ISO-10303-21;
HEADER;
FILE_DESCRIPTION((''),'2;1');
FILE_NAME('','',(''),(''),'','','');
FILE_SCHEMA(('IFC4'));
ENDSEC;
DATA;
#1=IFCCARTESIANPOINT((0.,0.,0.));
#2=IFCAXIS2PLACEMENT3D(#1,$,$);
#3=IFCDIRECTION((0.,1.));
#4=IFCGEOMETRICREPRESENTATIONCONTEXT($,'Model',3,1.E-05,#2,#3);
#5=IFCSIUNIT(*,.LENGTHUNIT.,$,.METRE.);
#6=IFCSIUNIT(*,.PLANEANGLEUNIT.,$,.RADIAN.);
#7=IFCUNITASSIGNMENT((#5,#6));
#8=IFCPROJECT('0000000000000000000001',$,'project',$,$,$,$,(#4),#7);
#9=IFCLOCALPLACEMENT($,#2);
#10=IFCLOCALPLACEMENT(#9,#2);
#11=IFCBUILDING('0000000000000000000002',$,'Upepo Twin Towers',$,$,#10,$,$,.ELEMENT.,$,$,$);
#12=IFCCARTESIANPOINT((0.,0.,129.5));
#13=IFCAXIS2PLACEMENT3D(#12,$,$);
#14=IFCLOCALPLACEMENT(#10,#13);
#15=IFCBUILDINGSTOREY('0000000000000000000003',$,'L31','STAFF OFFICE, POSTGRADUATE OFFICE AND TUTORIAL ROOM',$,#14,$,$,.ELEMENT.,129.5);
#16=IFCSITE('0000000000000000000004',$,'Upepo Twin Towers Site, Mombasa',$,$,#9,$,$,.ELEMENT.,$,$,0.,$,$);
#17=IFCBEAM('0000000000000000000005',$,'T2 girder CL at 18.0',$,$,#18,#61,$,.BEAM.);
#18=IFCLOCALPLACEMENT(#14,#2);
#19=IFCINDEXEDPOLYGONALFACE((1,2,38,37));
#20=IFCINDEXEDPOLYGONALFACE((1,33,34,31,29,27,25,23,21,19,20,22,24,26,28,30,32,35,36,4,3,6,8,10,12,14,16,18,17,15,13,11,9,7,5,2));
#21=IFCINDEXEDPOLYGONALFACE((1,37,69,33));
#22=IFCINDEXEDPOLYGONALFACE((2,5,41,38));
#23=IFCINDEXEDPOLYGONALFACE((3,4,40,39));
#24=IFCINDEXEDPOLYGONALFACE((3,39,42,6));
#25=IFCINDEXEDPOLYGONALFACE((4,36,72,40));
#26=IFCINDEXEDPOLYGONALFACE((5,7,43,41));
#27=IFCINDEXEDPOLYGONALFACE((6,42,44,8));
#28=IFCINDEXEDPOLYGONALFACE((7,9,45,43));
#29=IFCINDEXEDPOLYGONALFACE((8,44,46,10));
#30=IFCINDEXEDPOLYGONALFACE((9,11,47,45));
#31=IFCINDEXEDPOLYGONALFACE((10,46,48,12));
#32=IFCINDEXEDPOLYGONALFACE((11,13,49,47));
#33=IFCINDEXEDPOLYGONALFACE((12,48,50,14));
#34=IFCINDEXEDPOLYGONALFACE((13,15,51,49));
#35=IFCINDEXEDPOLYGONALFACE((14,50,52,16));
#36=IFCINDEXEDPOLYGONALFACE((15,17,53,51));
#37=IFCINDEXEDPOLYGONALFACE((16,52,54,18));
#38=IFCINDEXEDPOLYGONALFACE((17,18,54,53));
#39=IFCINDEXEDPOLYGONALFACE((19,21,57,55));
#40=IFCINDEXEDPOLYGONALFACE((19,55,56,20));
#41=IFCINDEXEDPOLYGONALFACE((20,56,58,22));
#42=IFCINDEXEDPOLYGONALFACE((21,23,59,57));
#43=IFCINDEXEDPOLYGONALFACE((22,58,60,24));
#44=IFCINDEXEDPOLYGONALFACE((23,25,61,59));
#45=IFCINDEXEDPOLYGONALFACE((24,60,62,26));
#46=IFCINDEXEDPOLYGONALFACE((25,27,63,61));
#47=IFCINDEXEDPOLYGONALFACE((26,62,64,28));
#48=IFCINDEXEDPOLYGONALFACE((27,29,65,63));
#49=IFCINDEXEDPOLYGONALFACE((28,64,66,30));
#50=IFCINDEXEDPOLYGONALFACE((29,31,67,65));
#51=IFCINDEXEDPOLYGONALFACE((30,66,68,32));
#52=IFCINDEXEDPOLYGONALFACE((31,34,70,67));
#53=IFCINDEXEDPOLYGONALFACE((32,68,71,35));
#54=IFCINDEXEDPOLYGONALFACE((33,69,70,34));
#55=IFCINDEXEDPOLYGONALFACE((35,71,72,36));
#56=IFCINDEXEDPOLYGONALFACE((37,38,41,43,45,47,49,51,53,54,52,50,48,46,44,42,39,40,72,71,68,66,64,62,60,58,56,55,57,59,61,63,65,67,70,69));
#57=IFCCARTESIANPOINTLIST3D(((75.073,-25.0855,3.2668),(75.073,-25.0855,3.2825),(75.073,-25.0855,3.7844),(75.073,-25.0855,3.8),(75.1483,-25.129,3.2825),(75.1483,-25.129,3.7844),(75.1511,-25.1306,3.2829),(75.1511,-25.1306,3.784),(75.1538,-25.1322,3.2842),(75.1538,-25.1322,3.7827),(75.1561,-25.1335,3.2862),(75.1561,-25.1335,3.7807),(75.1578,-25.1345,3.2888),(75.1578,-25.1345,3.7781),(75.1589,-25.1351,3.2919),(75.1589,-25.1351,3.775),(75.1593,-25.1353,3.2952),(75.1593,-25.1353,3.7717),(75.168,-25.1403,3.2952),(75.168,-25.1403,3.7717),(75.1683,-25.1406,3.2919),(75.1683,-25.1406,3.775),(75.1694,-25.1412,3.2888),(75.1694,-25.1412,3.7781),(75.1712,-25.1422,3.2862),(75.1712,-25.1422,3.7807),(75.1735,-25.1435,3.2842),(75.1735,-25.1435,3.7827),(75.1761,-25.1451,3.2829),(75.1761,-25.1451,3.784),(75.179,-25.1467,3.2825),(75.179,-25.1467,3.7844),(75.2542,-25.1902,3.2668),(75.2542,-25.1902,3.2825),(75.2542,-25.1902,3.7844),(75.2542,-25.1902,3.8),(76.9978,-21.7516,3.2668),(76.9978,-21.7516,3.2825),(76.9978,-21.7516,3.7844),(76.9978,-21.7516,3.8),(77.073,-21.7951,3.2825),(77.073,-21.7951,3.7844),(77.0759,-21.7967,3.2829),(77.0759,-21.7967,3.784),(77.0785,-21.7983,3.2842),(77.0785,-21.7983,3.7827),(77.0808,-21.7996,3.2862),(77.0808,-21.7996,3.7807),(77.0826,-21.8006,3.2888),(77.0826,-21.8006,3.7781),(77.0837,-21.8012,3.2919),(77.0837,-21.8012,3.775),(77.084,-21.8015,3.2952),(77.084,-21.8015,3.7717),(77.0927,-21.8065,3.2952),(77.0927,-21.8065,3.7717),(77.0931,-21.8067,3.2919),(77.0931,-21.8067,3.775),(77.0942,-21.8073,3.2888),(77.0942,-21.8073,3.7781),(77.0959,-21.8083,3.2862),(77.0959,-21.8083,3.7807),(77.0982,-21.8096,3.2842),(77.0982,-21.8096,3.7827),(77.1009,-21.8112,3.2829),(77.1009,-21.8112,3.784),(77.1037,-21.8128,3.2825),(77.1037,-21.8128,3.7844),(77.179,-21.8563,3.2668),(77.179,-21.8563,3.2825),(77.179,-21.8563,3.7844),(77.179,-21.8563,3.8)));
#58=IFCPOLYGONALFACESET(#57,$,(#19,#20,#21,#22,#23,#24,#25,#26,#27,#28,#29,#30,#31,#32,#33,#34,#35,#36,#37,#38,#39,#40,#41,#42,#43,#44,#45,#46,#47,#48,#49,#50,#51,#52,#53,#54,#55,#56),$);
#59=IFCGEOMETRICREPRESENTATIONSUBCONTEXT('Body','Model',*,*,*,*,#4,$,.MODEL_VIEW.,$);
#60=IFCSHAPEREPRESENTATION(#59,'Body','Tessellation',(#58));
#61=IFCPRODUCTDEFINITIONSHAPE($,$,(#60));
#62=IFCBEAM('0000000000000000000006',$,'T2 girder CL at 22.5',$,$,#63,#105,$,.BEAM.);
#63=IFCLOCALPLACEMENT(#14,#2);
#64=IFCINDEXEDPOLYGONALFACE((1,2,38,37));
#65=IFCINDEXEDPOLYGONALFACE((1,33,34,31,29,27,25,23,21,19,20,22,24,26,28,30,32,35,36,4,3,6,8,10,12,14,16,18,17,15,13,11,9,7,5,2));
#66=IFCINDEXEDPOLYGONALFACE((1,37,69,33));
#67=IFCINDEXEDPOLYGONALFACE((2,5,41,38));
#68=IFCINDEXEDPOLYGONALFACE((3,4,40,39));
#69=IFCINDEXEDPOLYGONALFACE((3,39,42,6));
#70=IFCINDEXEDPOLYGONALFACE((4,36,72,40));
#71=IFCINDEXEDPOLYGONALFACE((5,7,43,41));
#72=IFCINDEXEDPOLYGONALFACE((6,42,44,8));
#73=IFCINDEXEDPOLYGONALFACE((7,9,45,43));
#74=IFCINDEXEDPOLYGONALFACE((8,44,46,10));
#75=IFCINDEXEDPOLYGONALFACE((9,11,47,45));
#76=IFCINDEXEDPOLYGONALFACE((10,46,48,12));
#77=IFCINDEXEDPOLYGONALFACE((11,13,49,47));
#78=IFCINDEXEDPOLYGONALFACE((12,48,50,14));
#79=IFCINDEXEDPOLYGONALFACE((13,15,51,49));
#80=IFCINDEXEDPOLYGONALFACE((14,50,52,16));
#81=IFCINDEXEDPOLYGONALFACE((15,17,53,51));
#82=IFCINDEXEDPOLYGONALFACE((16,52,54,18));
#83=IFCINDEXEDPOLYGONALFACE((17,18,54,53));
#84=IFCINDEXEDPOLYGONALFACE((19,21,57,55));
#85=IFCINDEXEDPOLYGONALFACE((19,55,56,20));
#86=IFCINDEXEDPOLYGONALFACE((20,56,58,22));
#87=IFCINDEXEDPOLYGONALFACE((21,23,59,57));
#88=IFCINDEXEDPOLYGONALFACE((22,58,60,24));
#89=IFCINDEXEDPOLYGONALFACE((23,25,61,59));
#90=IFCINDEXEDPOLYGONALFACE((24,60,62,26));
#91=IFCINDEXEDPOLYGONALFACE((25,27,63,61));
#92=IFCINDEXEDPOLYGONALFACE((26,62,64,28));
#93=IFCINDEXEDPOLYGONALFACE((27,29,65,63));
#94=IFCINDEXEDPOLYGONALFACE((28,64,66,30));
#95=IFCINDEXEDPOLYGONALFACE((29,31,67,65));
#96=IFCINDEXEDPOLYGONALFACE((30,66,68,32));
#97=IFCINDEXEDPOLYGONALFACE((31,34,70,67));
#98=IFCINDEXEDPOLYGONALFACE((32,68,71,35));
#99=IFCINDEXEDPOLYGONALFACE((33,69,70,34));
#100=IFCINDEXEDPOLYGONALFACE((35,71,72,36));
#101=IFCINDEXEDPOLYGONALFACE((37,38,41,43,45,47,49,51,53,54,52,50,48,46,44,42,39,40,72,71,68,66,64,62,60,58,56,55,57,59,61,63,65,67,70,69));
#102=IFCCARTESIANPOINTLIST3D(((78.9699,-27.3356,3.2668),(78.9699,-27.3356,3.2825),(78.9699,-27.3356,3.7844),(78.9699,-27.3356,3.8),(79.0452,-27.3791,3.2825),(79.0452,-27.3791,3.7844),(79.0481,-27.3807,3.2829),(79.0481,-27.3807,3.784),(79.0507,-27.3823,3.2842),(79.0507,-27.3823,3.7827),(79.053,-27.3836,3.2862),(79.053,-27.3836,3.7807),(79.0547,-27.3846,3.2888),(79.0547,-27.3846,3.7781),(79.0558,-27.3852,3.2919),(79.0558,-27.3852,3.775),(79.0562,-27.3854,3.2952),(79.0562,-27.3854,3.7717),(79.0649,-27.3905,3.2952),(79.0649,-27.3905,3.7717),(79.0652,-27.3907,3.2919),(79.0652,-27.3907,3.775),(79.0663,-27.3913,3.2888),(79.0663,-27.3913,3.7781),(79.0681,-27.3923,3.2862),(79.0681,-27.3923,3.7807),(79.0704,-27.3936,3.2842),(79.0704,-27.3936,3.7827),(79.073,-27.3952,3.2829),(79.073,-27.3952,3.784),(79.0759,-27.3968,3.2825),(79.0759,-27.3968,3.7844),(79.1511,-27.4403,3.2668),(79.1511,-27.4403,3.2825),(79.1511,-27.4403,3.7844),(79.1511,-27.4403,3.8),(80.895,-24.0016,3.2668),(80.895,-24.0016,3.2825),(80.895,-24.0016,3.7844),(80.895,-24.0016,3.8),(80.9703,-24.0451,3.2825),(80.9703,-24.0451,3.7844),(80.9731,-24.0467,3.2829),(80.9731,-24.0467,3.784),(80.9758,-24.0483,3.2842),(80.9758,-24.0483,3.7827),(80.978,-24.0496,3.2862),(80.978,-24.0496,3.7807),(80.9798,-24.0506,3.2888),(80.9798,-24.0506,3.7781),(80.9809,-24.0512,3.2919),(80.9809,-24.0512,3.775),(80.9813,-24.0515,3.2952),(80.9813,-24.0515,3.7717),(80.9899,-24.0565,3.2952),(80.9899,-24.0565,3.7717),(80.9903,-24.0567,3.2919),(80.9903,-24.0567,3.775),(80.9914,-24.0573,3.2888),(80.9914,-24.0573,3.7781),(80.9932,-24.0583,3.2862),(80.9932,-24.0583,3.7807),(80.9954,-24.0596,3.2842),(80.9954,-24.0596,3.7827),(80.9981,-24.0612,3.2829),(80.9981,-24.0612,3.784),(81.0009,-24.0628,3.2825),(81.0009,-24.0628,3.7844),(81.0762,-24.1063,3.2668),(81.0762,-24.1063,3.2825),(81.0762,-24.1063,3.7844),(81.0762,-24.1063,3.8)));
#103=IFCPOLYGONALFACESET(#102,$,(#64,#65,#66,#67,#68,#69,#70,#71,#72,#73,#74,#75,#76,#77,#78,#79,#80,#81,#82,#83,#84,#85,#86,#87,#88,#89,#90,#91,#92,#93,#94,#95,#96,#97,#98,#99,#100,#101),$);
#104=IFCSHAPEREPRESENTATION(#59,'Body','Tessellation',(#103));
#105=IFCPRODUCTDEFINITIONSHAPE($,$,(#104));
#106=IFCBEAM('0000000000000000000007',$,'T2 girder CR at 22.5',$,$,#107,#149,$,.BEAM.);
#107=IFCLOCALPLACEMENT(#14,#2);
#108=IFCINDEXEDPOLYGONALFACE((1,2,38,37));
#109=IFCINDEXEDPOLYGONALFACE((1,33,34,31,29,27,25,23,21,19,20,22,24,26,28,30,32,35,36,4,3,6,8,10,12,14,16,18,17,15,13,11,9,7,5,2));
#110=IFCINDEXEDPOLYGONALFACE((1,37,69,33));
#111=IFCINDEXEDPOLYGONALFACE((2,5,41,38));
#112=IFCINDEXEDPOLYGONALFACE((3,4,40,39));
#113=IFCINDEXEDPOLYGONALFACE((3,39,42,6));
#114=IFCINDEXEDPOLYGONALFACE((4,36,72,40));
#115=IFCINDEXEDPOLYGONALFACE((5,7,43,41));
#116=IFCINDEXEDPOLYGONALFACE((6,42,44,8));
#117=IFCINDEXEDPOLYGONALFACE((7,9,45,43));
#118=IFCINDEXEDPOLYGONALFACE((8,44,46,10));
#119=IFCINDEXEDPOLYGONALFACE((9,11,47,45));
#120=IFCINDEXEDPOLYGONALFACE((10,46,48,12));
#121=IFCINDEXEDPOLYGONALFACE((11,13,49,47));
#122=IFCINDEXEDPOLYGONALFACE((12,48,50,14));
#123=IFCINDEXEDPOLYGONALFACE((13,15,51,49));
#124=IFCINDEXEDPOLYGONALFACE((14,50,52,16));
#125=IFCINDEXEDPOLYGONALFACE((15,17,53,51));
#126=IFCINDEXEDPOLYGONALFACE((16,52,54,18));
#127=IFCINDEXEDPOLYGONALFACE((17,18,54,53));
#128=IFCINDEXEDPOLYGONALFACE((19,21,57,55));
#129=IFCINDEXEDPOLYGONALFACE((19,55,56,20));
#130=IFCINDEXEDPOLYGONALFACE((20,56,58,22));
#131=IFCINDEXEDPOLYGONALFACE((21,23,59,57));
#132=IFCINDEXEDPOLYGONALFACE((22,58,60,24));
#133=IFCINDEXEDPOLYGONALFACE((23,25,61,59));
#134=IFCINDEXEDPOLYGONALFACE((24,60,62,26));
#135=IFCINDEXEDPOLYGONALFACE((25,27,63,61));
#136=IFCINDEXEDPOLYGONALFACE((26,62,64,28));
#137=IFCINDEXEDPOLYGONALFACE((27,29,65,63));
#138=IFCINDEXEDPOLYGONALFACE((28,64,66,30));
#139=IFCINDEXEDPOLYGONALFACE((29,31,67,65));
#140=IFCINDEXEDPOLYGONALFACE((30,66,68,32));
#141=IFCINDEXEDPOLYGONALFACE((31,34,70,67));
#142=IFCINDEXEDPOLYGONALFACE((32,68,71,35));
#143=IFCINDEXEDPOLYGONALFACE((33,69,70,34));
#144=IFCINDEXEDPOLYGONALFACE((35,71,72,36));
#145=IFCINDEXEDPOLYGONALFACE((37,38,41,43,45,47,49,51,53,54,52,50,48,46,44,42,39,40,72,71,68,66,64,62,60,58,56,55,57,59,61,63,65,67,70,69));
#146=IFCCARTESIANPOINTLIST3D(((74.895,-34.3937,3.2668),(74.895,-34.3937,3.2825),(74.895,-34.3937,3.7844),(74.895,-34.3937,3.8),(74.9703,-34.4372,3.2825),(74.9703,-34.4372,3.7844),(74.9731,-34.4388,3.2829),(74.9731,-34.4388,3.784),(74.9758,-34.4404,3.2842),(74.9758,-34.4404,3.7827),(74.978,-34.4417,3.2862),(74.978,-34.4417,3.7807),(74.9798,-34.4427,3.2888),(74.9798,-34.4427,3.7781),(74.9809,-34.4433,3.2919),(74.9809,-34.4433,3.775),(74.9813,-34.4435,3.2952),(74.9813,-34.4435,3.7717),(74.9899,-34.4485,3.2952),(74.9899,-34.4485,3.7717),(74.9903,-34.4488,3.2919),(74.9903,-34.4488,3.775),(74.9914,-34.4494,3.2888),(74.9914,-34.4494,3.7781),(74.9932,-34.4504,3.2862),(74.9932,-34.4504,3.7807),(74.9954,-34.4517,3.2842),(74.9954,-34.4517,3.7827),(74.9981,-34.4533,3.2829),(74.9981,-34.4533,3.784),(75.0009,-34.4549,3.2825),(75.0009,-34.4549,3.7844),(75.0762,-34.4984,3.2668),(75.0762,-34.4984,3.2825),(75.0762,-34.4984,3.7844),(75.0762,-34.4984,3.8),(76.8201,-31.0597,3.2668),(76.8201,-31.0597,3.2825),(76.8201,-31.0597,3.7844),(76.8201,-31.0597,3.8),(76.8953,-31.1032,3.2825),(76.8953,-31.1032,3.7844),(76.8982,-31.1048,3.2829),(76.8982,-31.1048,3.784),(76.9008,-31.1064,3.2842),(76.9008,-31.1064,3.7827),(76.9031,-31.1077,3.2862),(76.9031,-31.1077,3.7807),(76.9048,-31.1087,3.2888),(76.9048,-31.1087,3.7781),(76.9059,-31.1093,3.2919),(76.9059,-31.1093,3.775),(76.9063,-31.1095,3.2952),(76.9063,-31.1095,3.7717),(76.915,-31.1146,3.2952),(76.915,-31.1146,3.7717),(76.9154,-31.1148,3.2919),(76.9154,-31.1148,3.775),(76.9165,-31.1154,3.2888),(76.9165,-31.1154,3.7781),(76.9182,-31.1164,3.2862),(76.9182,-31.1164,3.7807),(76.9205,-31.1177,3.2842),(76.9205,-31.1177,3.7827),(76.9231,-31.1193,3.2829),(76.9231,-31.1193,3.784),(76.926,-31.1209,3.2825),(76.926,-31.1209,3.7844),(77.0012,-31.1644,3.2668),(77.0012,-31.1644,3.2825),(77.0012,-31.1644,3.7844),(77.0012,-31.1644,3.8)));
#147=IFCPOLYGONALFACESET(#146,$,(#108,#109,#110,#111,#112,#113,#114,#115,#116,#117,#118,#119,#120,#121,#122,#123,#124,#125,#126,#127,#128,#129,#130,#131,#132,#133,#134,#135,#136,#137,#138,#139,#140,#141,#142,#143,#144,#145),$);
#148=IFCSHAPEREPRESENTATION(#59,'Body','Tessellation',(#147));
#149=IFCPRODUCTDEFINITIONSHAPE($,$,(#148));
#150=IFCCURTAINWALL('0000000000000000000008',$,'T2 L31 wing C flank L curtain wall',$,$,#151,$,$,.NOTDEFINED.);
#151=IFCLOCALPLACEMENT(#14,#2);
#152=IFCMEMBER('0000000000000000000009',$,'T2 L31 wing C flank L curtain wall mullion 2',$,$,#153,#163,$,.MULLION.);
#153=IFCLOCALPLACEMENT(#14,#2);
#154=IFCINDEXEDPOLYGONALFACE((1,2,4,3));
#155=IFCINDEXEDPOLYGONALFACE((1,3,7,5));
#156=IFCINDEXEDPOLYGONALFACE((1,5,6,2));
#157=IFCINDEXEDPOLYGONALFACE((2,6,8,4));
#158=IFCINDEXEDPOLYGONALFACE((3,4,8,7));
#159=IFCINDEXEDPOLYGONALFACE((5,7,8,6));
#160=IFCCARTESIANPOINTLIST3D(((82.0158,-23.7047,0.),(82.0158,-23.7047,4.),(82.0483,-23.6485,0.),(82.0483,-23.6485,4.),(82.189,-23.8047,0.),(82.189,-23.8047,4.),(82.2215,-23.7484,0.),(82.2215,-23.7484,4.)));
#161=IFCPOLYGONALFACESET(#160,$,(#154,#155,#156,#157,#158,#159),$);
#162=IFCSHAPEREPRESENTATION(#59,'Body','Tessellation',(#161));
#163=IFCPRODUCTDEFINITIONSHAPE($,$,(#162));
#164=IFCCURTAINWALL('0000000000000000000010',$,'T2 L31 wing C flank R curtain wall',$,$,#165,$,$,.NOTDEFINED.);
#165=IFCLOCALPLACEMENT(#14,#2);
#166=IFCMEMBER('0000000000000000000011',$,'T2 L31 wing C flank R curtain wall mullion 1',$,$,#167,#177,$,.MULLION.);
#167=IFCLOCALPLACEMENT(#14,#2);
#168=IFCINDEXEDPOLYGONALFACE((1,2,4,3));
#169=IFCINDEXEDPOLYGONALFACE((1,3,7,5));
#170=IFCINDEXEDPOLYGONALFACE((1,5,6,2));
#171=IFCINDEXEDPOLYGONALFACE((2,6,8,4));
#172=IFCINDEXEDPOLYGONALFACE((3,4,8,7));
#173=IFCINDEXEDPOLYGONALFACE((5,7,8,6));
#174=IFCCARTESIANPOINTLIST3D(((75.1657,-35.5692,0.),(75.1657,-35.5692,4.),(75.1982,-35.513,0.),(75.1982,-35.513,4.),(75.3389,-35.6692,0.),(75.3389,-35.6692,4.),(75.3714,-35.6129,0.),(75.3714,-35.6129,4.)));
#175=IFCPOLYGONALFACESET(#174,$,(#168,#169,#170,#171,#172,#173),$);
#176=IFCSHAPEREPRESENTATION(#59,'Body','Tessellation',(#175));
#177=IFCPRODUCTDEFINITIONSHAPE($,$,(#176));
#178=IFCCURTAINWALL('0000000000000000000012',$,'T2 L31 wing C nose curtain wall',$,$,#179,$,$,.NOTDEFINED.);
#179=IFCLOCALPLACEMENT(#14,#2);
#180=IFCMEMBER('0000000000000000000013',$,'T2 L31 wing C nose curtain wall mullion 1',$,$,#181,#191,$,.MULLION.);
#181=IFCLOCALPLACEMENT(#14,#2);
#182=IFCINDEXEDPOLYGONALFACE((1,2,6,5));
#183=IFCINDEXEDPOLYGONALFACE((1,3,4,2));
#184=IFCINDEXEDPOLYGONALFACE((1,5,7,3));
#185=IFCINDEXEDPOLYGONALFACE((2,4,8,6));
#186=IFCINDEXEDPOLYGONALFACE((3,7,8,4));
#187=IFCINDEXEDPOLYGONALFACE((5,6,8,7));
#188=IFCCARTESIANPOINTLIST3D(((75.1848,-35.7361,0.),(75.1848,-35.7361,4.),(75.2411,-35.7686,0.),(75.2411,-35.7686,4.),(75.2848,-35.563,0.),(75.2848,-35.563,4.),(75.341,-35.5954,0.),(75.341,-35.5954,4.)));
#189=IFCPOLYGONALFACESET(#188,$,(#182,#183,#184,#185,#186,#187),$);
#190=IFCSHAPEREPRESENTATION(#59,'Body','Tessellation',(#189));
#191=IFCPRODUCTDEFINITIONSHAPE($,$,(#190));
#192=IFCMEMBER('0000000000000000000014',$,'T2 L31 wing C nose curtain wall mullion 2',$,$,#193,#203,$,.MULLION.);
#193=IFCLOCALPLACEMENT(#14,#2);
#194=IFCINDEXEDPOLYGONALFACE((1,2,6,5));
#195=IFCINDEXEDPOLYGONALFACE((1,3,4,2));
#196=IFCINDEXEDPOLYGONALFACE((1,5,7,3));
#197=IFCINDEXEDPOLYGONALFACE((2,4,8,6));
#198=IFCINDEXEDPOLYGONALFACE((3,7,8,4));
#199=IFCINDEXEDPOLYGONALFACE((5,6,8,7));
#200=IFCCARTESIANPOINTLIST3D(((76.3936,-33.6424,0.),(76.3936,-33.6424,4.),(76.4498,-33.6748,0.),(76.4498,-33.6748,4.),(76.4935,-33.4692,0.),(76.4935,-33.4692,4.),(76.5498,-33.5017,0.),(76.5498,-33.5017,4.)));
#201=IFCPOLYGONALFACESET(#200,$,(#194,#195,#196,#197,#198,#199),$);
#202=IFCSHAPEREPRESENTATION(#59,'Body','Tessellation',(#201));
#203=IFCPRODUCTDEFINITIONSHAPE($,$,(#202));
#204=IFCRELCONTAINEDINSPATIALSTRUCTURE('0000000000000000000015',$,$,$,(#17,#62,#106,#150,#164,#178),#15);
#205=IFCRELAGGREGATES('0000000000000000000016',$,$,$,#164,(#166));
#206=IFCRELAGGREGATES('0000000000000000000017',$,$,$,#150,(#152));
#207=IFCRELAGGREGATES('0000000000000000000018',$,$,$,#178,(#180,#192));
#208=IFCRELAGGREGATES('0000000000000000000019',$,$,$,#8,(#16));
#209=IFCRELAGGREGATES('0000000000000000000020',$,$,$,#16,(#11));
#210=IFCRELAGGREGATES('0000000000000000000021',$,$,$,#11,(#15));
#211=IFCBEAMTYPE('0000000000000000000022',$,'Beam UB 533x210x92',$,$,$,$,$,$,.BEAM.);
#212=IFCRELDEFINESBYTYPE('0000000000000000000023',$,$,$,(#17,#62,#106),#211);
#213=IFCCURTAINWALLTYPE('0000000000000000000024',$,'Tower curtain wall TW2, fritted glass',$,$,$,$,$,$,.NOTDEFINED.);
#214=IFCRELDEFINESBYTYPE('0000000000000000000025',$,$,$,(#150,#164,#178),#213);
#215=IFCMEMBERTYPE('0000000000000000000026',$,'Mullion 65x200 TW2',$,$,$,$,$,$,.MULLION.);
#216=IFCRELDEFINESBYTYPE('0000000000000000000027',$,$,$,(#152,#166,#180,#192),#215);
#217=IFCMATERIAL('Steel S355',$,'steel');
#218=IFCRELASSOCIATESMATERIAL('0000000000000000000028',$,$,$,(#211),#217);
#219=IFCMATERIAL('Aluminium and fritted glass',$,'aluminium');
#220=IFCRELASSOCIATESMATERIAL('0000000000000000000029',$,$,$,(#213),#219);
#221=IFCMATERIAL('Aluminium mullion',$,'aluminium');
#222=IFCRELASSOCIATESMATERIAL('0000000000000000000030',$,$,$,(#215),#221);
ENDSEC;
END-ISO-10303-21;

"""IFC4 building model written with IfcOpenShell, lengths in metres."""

from ifc_helpers import new_model, si_unit, direction, frame, origin, origin_2d, place, context, subcontext, project, spatial, rectangle, i_section, extrude, material, material_profile, profile_set, type_object, element, aggregate, save


model = new_model("IFC4")

# Units and contexts
model_context = context("Model", 3, precision=1e-05, world=origin(), true_north=direction((0.0, 1.0)))
body_context = subcontext(model_context, "Body", "Model", "MODEL_VIEW")
ifc_project = project(units=[si_unit("LENGTHUNIT", "METRE"), si_unit("PLANEANGLEUNIT", "RADIAN")], contexts=[model_context])

# Site, building, storey
site_placement = place(None, origin())
site = spatial("IfcSite", under=ifc_project, at=site_placement, Name="Upepo Twin Towers Site, Mombasa", CompositionType="ELEMENT", RefElevation=0.0)
building_placement = place(site_placement, origin())
building = spatial("IfcBuilding", under=site, at=building_placement, Name="Upepo Twin Towers", CompositionType="ELEMENT")
storey_placement = place(building_placement, frame((0.0, 0.0, 129.5)))
storey = spatial("IfcBuildingStorey", under=building, at=storey_placement, Name="L31", Description="STAFF OFFICE, POSTGRADUATE OFFICE AND TUTORIAL ROOM", CompositionType="ELEMENT", Elevation=129.5)

# Beams
ifc_material_1 = material(Name="Steel S355", Category="steel")
ifc_material_profile_1 = material_profile(ifc_material_1, i_section(OverallWidth=0.2092, OverallDepth=0.5332, WebThickness=0.01, FlangeThickness=0.0156, FilletRadius=0.0127, at=origin_2d()), Name="UB 533x210x92")
ifc_profile_set_1 = profile_set([ifc_material_profile_1], Name="Steel S355")
beam_type_1 = type_object("IfcBeamType", Name="Beam UB 533x210x92", PredefinedType="BEAM", material=ifc_profile_set_1)
beam_1_placement = place(storey_placement, frame((77.0884, -21.804, 3.5334), z_axis=(-0.499986, -0.866034, 0.0), x_axis=(0.866034, -0.499986, 0.0)))
element("IfcBeam", 1, at=beam_1_placement, inside=storey, type_object=beam_type_1, Name="T2 girder CL at 18.0", PredefinedType="BEAM", context=body_context, shape_type="SweptSolid", body=[
    extrude(i_section(OverallWidth=0.2092, OverallDepth=0.5332, WebThickness=0.01, FlangeThickness=0.0156, FilletRadius=0.0127, at=origin_2d()), origin(), (0.0, 0.0, 1.0), 3.8496),
])
for number, where, z_axis, x_axis, name in (
    (2, (80.9856, -24.054, 3.5334), (-0.500034, -0.866006, 0.0), (0.866006, -0.500034, 0.0), "T2 girder CL at 22.5"),
    (3, (74.9856, -34.446, 3.5334), (0.500034, 0.866006, 0.0), (-0.866006, 0.500034, 0.0), "T2 girder CR at 22.5"),
):
    element("IfcBeam", number, at=place(storey_placement, frame(where, z_axis=z_axis, x_axis=x_axis)), inside=storey, type_object=beam_type_1, Name=name, PredefinedType="BEAM", context=body_context, shape_type="SweptSolid", body=[
        extrude(i_section(OverallWidth=0.2092, OverallDepth=0.5332, WebThickness=0.01, FlangeThickness=0.0156, FilletRadius=0.0127, at=origin_2d()), origin(), (0.0, 0.0, 1.0), 3.8499),
    ])

# Curtain walls, members
ifc_material_2 = material(Name="Aluminium and fritted glass", Category="aluminium")
curtain_wall_type = type_object("IfcCurtainWallType", Name="Tower curtain wall TW2, fritted glass", PredefinedType="NOTDEFINED", material=ifc_material_2)
curtain_wall_1_placement = place(storey_placement, origin())
curtain_wall_1 = element("IfcCurtainWall", 4, at=curtain_wall_1_placement, inside=storey, type_object=curtain_wall_type, Name="T2 L31 wing C flank L curtain wall", PredefinedType="NOTDEFINED")
ifc_material_3 = material(Name="Aluminium mullion", Category="aluminium")
ifc_material_profile_2 = material_profile(ifc_material_3, rectangle(XDim=0.0649, YDim=0.2, at=origin_2d()), Name="MULLION 65x200")
ifc_profile_set_2 = profile_set([ifc_material_profile_2], Name="Aluminium mullion")
member_type_1 = type_object("IfcMemberType", Name="Mullion 65x200 TW2", PredefinedType="MULLION", material=ifc_profile_set_2)
member_1_placement = place(storey_placement, frame((82.1187, -23.7266, 0.0), z_axis=(0.0, 0.0, 1.0), x_axis=(0.5, 0.866025, 0.0)))
member_1 = element("IfcMember", 5, at=member_1_placement, type_object=member_type_1, Name="T2 L31 wing C flank L curtain wall mullion 2", PredefinedType="MULLION", context=body_context, shape_type="SweptSolid", body=[
    extrude(rectangle(XDim=0.0649, YDim=0.2, at=origin_2d()), origin(), (0.0, 0.0, 1.0), 4.0),
])
curtain_wall_2_placement = place(storey_placement, origin())
curtain_wall_2 = element("IfcCurtainWall", 6, at=curtain_wall_2_placement, inside=storey, type_object=curtain_wall_type, Name="T2 L31 wing C flank R curtain wall", PredefinedType="NOTDEFINED")
member_2_placement = place(storey_placement, frame((75.2686, -35.5911, 0.0), z_axis=(0.0, 0.0, 1.0), x_axis=(-0.5, -0.866025, 0.0)))
member_2 = element("IfcMember", 7, at=member_2_placement, type_object=member_type_1, Name="T2 L31 wing C flank R curtain wall mullion 1", PredefinedType="MULLION", context=body_context, shape_type="SweptSolid", body=[
    extrude(rectangle(XDim=0.0649, YDim=0.2, at=origin_2d()), origin(), (0.0, 0.0, 1.0), 4.0),
])

# Curtain wall, members
curtain_wall_3_placement = place(storey_placement, origin())
curtain_wall_3 = element("IfcCurtainWall", 8, at=curtain_wall_3_placement, inside=storey, type_object=curtain_wall_type, Name="T2 L31 wing C nose curtain wall", PredefinedType="NOTDEFINED")
member_3_placement = place(storey_placement, frame((75.2629, -35.6658, 0.0), z_axis=(0.0, 0.0, 1.0), x_axis=(-0.866025, 0.5, 0.0)))
member_3 = element("IfcMember", 9, at=member_3_placement, type_object=member_type_1, Name="T2 L31 wing C nose curtain wall mullion 1", PredefinedType="MULLION", context=body_context, shape_type="SweptSolid", body=[
    extrude(rectangle(XDim=0.0649, YDim=0.2, at=origin_2d()), origin(), (0.0, 0.0, 1.0), 4.0),
])
member_4_placement = place(storey_placement, frame((76.4717, -33.572, 0.0), z_axis=(0.0, 0.0, 1.0), x_axis=(-0.866025, 0.5, 0.0)))
member_4 = element("IfcMember", 10, at=member_4_placement, type_object=member_type_1, Name="T2 L31 wing C nose curtain wall mullion 2", PredefinedType="MULLION", context=body_context, shape_type="SweptSolid", body=[
    extrude(rectangle(XDim=0.0649, YDim=0.2, at=origin_2d()), origin(), (0.0, 0.0, 1.0), 4.0),
])

aggregate(curtain_wall_2, [member_2])

aggregate(curtain_wall_1, [member_1])
aggregate(curtain_wall_3, [member_3, member_4])

save(model, "model.ifc")
